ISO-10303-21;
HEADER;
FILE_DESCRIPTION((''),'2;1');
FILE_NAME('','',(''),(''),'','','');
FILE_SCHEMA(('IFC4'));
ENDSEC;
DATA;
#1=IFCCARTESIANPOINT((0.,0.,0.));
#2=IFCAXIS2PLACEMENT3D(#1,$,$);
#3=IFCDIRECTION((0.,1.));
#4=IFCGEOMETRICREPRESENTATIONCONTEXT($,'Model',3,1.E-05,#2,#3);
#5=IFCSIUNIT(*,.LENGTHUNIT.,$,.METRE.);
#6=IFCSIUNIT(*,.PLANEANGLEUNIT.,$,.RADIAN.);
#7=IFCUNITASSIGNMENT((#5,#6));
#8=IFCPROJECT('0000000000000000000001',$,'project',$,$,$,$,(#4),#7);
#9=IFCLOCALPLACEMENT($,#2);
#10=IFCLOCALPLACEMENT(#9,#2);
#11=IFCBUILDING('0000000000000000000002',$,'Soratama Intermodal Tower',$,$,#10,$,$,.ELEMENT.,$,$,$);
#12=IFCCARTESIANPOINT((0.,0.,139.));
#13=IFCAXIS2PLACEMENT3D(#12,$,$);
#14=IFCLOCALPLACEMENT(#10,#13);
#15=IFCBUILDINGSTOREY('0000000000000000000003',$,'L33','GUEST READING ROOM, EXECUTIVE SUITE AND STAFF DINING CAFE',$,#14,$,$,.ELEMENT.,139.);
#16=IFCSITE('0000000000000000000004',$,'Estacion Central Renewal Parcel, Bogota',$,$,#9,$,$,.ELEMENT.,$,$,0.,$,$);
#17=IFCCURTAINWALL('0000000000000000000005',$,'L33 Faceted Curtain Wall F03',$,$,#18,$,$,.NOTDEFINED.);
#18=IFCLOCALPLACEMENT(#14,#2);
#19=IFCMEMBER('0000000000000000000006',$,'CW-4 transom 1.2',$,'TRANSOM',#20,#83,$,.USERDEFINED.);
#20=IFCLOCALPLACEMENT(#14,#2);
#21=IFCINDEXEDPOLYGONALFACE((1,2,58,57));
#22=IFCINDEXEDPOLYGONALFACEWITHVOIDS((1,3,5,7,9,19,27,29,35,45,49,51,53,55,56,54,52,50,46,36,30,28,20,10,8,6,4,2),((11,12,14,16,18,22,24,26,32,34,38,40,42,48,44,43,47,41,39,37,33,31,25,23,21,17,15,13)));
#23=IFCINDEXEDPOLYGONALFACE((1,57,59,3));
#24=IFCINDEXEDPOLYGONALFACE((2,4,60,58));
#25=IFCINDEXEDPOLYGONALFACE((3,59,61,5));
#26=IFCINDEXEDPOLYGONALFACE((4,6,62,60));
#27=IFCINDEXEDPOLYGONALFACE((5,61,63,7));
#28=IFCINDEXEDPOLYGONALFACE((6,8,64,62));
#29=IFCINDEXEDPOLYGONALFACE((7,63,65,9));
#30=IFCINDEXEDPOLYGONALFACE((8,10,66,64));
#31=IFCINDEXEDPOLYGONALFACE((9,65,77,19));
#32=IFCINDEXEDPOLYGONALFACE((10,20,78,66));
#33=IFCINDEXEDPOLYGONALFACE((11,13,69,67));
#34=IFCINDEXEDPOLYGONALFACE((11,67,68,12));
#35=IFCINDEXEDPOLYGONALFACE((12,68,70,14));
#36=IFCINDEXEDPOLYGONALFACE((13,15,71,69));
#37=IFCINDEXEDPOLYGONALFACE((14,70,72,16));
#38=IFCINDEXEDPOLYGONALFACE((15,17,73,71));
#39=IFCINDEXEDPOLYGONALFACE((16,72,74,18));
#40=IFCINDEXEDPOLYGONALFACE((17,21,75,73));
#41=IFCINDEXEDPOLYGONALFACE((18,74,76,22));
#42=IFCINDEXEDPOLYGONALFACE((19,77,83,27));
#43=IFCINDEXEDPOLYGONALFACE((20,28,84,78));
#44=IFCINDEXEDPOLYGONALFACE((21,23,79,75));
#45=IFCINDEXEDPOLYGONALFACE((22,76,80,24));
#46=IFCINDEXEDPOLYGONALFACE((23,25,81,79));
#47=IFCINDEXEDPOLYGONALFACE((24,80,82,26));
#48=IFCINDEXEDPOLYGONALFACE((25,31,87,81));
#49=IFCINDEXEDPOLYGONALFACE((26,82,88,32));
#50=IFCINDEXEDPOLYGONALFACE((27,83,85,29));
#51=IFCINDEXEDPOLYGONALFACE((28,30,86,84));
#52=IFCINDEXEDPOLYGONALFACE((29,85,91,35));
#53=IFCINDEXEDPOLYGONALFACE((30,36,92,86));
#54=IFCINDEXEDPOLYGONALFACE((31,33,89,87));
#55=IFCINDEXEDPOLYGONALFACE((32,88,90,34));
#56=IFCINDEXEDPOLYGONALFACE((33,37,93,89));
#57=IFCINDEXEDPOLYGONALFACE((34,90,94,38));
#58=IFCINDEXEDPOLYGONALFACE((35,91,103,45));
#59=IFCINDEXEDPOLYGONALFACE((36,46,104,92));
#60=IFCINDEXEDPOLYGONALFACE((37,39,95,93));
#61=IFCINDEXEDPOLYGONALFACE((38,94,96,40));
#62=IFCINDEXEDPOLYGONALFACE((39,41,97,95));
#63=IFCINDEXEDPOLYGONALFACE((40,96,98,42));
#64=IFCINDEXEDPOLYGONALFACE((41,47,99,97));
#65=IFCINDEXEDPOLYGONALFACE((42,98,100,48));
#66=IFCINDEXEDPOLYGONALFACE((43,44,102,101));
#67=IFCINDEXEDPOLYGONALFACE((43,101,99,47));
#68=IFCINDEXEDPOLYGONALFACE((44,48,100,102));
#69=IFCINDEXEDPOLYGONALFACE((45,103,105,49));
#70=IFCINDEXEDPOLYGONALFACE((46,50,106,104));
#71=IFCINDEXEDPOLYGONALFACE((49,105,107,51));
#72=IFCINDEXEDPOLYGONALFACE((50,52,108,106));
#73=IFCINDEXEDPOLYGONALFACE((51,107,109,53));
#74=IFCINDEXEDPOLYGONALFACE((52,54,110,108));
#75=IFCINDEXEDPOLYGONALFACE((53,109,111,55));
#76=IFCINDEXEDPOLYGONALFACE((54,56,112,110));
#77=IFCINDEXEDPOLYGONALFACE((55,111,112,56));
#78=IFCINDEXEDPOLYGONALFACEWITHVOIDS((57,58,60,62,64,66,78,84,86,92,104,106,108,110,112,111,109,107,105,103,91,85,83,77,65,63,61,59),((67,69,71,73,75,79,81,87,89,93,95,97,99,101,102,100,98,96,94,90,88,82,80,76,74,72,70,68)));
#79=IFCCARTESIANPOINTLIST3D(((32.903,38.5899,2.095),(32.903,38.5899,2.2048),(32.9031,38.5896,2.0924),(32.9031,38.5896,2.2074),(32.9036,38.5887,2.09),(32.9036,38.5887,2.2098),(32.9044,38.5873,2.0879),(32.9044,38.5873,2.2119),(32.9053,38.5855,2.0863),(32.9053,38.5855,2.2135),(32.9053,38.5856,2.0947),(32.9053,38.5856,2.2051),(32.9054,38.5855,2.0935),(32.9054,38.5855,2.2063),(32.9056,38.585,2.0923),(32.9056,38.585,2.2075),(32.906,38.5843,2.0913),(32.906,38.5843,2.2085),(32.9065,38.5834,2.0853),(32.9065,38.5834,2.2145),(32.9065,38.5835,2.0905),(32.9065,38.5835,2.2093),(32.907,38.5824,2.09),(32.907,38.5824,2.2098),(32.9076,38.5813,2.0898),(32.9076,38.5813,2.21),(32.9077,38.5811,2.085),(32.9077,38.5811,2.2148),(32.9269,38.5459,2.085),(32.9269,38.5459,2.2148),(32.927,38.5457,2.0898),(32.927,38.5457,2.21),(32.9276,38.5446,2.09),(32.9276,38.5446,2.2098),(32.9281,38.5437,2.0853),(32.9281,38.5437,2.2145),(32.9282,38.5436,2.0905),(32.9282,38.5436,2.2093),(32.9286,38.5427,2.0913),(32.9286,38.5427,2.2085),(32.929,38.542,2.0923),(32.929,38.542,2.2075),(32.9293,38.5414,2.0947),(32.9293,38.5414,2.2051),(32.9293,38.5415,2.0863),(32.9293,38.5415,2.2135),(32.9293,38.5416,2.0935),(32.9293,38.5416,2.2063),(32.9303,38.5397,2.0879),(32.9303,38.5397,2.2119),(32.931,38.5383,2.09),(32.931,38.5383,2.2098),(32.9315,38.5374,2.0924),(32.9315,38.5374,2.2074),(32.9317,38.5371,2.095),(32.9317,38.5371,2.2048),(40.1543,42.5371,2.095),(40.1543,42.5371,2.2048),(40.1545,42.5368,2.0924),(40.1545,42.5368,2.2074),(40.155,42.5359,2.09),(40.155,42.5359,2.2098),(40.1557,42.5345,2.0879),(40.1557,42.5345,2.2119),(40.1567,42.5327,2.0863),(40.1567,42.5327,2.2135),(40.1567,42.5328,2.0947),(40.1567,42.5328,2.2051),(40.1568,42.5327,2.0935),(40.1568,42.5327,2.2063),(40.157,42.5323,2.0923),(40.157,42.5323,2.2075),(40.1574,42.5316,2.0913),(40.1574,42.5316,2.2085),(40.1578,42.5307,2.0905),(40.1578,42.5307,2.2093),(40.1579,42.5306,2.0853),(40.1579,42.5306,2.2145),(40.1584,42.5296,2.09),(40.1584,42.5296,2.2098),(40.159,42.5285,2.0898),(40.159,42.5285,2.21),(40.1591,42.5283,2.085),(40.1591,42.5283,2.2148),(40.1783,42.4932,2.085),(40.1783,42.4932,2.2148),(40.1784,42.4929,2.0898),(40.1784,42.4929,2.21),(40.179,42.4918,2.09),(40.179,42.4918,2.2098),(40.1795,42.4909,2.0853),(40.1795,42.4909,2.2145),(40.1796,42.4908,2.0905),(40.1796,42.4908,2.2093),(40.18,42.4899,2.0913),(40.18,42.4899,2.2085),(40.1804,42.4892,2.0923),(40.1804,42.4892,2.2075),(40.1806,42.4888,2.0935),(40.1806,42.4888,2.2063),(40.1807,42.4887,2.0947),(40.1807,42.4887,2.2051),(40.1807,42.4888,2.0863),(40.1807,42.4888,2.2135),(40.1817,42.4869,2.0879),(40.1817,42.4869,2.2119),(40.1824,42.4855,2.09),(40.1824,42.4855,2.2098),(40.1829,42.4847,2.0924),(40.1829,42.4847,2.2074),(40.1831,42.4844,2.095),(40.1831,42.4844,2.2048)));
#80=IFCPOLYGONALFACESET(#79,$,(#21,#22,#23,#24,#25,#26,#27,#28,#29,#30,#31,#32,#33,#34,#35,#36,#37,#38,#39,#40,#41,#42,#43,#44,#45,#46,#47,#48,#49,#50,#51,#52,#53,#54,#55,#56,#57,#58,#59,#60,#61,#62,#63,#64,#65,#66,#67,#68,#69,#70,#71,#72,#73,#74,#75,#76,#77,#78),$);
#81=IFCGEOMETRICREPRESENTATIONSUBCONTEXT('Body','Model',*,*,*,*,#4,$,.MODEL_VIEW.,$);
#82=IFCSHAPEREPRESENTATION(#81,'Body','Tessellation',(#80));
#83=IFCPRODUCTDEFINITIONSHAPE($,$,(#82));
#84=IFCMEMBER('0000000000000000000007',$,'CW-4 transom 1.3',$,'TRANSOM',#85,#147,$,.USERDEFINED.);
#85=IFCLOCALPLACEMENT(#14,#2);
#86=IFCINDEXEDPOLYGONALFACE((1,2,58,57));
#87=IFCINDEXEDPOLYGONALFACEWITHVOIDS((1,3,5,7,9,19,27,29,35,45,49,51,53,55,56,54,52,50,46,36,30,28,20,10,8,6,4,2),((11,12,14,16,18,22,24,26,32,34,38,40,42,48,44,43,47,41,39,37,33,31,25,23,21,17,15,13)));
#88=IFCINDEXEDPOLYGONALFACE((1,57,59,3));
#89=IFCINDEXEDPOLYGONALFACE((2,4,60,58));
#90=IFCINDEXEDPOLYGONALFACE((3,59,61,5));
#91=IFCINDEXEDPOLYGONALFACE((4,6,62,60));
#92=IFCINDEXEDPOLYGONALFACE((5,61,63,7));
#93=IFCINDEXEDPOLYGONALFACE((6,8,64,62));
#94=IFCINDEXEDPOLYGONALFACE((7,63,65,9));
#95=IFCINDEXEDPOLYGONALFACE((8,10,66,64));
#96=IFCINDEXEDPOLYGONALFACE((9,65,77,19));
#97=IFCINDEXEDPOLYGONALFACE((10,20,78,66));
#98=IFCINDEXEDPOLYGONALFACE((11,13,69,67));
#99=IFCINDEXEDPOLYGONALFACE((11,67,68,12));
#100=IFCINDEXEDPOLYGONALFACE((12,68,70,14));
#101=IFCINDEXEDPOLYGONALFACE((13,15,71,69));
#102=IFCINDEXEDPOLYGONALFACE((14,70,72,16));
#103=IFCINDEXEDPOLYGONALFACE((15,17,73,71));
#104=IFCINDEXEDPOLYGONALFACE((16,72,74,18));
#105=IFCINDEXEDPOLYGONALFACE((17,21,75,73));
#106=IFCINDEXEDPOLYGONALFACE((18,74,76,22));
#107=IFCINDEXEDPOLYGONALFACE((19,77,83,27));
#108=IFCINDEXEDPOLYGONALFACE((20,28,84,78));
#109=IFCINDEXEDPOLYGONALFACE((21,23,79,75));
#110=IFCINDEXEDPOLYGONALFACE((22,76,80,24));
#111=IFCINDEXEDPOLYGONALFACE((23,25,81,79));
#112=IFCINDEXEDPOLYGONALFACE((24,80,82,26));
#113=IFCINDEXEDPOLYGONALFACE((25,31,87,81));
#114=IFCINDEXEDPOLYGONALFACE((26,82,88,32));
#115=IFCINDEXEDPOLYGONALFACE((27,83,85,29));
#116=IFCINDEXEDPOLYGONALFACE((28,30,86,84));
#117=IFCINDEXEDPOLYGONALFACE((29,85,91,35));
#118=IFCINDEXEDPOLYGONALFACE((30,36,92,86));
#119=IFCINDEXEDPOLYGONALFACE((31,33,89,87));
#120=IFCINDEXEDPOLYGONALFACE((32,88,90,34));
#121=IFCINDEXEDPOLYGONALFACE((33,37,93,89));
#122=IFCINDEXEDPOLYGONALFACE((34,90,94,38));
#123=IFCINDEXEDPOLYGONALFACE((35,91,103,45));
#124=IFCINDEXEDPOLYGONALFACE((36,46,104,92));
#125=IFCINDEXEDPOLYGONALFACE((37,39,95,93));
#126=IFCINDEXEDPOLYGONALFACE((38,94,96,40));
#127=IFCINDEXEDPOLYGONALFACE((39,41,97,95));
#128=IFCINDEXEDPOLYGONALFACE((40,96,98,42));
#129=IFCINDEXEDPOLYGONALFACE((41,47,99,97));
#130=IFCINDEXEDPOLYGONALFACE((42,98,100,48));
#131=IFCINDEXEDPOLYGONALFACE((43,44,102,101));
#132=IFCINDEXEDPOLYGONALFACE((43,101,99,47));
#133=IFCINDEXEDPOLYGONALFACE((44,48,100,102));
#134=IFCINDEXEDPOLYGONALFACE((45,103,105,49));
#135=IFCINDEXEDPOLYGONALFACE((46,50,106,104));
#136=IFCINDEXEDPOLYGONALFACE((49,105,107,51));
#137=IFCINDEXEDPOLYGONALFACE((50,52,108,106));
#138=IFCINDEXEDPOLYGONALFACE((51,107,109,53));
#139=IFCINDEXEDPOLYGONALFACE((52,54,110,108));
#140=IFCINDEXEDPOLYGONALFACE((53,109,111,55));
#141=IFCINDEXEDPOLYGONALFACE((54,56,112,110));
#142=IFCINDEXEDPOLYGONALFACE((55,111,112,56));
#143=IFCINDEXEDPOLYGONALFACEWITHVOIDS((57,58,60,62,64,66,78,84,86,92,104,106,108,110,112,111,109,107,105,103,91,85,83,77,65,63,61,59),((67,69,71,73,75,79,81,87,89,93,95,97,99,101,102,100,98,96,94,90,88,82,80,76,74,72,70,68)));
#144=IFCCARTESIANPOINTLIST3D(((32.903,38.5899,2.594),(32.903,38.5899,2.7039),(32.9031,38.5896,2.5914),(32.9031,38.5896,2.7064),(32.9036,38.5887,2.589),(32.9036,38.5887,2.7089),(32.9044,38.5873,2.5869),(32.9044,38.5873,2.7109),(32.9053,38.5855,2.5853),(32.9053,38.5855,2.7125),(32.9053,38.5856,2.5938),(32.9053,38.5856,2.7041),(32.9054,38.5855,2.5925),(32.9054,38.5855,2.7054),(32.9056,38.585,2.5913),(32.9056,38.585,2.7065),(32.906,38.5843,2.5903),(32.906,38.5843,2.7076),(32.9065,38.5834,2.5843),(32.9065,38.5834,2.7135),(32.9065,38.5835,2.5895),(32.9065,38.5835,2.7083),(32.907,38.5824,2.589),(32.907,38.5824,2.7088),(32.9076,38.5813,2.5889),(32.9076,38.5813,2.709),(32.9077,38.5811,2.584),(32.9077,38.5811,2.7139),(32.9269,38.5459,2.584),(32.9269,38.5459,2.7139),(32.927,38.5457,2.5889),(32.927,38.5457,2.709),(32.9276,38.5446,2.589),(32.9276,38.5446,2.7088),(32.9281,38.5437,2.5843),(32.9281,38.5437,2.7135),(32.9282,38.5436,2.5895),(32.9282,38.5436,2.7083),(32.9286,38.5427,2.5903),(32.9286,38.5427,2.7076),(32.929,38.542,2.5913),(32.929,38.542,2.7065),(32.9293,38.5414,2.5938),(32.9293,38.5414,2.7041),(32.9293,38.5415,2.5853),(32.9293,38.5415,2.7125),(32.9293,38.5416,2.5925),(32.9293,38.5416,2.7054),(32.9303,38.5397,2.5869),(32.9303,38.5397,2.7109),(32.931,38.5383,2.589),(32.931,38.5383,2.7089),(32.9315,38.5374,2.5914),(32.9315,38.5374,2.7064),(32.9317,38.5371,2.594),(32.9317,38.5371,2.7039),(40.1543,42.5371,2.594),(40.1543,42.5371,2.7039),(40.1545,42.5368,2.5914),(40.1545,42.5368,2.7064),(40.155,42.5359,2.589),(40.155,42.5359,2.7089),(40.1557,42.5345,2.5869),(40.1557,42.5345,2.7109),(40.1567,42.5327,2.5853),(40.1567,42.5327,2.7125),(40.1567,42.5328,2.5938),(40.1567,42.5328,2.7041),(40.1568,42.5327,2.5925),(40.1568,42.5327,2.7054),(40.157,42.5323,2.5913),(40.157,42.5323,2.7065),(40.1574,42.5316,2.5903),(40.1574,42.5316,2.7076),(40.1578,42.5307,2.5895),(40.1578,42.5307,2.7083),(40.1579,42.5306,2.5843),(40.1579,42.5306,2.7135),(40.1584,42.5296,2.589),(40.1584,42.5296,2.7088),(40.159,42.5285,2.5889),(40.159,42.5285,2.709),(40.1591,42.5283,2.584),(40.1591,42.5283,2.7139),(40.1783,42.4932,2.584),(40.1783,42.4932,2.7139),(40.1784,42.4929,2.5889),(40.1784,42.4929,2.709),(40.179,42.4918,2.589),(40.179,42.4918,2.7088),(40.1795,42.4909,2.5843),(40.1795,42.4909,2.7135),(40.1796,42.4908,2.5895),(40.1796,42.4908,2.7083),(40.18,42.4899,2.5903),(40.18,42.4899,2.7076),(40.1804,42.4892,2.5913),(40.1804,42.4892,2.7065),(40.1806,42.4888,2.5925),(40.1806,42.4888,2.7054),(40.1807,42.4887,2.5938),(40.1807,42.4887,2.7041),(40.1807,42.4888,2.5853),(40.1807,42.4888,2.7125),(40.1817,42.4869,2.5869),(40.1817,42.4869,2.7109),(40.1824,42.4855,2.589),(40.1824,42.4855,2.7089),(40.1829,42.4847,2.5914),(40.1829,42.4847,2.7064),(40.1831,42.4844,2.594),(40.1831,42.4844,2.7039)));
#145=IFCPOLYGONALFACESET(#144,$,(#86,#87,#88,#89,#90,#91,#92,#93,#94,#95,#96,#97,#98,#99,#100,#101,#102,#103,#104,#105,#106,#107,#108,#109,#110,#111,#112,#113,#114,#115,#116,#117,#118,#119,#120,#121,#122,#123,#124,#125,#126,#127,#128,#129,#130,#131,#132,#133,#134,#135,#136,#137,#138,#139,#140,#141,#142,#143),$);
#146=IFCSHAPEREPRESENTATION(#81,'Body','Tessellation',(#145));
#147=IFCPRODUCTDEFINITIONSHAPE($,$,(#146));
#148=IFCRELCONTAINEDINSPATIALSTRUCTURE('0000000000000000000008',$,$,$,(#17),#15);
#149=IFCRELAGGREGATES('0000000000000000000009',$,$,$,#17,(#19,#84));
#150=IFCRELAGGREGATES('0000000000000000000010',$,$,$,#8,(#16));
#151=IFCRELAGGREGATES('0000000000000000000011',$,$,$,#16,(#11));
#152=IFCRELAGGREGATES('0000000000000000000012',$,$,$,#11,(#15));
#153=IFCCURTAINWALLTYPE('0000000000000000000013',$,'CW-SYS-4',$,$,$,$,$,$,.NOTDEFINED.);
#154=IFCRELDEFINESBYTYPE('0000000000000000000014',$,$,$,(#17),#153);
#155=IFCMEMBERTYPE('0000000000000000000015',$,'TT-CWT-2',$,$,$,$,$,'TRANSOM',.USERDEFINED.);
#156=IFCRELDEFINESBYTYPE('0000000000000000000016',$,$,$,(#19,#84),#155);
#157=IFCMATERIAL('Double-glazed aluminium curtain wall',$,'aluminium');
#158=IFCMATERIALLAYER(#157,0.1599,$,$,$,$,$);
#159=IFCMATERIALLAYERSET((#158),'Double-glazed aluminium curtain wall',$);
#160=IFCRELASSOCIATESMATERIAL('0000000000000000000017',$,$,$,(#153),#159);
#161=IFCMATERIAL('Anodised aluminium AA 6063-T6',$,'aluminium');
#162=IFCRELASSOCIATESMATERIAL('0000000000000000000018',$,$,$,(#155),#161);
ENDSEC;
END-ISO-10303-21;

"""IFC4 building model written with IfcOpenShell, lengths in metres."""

from ifc_helpers import new_model, si_unit, direction, frame, origin, origin_2d, place, context, subcontext, project, spatial, hollow_rectangle, extrude, material, layer, layer_set, material_profile, profile_set, type_object, element, aggregate, save


model = new_model("IFC4")

# Units and contexts
model_context = context("Model", 3, precision=1e-05, world=origin(), true_north=direction((0.0, 1.0)))
body_context = subcontext(model_context, "Body", "Model", "MODEL_VIEW")
ifc_project = project(units=[si_unit("LENGTHUNIT", "METRE"), si_unit("PLANEANGLEUNIT", "RADIAN")], contexts=[model_context])

# Site, building, storey
site_placement = place(None, origin())
site = spatial("IfcSite", under=ifc_project, at=site_placement, Name="Estacion Central Renewal Parcel, Bogota", CompositionType="ELEMENT", RefElevation=0.0)
building_placement = place(site_placement, origin())
building = spatial("IfcBuilding", under=site, at=building_placement, Name="Soratama Intermodal Tower", CompositionType="ELEMENT")
storey_placement = place(building_placement, frame((0.0, 0.0, 139.0)))
storey = spatial("IfcBuildingStorey", under=building, at=storey_placement, Name="L33", Description="GUEST READING ROOM, EXECUTIVE SUITE AND STAFF DINING CAFE", CompositionType="ELEMENT", Elevation=139.0)

# Curtain wall
ifc_material_1 = material(Name="Double-glazed aluminium curtain wall", Category="aluminium")
ifc_layer_1 = layer(ifc_material_1, 0.1599)
ifc_layer_set_1 = layer_set([ifc_layer_1], Name="Double-glazed aluminium curtain wall")
curtain_wall_type = type_object("IfcCurtainWallType", Name="CW-SYS-4", PredefinedType="NOTDEFINED", material=ifc_layer_set_1)
curtain_wall_1_placement = place(storey_placement, origin())
curtain_wall_1 = element("IfcCurtainWall", 1, at=curtain_wall_1_placement, inside=storey, type_object=curtain_wall_type, Name="L33 Faceted Curtain Wall F03", PredefinedType="NOTDEFINED")

# Members
ifc_material_2 = material(Name="Anodised aluminium AA 6063-T6", Category="aluminium")
ifc_material_profile_1 = material_profile(ifc_material_2, hollow_rectangle(XDim=0.0601, YDim=0.1299, WallThickness=0.0049, InnerFilletRadius=0.0049, OuterFilletRadius=0.01, at=origin_2d()), Name="CWT130X60X5")
ifc_profile_set_1 = profile_set([ifc_material_profile_1], Name="Anodised aluminium AA 6063-T6")
member_type_1 = type_object("IfcMemberType", Name="TT-CWT-2", ElementType="TRANSOM", PredefinedType="USERDEFINED", material=ifc_profile_set_1)
member_1_placement = place(storey_placement, frame((40.1687, 42.5107, 2.1499), z_axis=(-0.878307, -0.478098, 0.0), x_axis=(0.478098, -0.878307, 0.0)))
member_1 = element("IfcMember", 2, at=member_1_placement, type_object=member_type_1, Name="CW-4 transom 1.2", ObjectType="TRANSOM", PredefinedType="USERDEFINED", context=body_context, shape_type="SweptSolid", body=[
    extrude(hollow_rectangle(XDim=0.0601, YDim=0.1299, WallThickness=0.0049, InnerFilletRadius=0.0049, OuterFilletRadius=0.01, at=origin_2d()), origin(), (0.0, 0.0, 1.0), 8.2561),
])
member_2_placement = place(storey_placement, frame((40.1687, 42.5107, 2.6489), z_axis=(-0.878307, -0.478098, 0.0), x_axis=(0.478098, -0.878307, 0.0)))
member_2 = element("IfcMember", 3, at=member_2_placement, type_object=member_type_1, Name="CW-4 transom 1.3", ObjectType="TRANSOM", PredefinedType="USERDEFINED", context=body_context, shape_type="SweptSolid", body=[
    extrude(hollow_rectangle(XDim=0.0601, YDim=0.1299, WallThickness=0.0049, InnerFilletRadius=0.0049, OuterFilletRadius=0.01, at=origin_2d()), origin(), (0.0, 0.0, 1.0), 8.2561),
])

aggregate(curtain_wall_1, [member_1, member_2])

save(model, "model.ifc")
